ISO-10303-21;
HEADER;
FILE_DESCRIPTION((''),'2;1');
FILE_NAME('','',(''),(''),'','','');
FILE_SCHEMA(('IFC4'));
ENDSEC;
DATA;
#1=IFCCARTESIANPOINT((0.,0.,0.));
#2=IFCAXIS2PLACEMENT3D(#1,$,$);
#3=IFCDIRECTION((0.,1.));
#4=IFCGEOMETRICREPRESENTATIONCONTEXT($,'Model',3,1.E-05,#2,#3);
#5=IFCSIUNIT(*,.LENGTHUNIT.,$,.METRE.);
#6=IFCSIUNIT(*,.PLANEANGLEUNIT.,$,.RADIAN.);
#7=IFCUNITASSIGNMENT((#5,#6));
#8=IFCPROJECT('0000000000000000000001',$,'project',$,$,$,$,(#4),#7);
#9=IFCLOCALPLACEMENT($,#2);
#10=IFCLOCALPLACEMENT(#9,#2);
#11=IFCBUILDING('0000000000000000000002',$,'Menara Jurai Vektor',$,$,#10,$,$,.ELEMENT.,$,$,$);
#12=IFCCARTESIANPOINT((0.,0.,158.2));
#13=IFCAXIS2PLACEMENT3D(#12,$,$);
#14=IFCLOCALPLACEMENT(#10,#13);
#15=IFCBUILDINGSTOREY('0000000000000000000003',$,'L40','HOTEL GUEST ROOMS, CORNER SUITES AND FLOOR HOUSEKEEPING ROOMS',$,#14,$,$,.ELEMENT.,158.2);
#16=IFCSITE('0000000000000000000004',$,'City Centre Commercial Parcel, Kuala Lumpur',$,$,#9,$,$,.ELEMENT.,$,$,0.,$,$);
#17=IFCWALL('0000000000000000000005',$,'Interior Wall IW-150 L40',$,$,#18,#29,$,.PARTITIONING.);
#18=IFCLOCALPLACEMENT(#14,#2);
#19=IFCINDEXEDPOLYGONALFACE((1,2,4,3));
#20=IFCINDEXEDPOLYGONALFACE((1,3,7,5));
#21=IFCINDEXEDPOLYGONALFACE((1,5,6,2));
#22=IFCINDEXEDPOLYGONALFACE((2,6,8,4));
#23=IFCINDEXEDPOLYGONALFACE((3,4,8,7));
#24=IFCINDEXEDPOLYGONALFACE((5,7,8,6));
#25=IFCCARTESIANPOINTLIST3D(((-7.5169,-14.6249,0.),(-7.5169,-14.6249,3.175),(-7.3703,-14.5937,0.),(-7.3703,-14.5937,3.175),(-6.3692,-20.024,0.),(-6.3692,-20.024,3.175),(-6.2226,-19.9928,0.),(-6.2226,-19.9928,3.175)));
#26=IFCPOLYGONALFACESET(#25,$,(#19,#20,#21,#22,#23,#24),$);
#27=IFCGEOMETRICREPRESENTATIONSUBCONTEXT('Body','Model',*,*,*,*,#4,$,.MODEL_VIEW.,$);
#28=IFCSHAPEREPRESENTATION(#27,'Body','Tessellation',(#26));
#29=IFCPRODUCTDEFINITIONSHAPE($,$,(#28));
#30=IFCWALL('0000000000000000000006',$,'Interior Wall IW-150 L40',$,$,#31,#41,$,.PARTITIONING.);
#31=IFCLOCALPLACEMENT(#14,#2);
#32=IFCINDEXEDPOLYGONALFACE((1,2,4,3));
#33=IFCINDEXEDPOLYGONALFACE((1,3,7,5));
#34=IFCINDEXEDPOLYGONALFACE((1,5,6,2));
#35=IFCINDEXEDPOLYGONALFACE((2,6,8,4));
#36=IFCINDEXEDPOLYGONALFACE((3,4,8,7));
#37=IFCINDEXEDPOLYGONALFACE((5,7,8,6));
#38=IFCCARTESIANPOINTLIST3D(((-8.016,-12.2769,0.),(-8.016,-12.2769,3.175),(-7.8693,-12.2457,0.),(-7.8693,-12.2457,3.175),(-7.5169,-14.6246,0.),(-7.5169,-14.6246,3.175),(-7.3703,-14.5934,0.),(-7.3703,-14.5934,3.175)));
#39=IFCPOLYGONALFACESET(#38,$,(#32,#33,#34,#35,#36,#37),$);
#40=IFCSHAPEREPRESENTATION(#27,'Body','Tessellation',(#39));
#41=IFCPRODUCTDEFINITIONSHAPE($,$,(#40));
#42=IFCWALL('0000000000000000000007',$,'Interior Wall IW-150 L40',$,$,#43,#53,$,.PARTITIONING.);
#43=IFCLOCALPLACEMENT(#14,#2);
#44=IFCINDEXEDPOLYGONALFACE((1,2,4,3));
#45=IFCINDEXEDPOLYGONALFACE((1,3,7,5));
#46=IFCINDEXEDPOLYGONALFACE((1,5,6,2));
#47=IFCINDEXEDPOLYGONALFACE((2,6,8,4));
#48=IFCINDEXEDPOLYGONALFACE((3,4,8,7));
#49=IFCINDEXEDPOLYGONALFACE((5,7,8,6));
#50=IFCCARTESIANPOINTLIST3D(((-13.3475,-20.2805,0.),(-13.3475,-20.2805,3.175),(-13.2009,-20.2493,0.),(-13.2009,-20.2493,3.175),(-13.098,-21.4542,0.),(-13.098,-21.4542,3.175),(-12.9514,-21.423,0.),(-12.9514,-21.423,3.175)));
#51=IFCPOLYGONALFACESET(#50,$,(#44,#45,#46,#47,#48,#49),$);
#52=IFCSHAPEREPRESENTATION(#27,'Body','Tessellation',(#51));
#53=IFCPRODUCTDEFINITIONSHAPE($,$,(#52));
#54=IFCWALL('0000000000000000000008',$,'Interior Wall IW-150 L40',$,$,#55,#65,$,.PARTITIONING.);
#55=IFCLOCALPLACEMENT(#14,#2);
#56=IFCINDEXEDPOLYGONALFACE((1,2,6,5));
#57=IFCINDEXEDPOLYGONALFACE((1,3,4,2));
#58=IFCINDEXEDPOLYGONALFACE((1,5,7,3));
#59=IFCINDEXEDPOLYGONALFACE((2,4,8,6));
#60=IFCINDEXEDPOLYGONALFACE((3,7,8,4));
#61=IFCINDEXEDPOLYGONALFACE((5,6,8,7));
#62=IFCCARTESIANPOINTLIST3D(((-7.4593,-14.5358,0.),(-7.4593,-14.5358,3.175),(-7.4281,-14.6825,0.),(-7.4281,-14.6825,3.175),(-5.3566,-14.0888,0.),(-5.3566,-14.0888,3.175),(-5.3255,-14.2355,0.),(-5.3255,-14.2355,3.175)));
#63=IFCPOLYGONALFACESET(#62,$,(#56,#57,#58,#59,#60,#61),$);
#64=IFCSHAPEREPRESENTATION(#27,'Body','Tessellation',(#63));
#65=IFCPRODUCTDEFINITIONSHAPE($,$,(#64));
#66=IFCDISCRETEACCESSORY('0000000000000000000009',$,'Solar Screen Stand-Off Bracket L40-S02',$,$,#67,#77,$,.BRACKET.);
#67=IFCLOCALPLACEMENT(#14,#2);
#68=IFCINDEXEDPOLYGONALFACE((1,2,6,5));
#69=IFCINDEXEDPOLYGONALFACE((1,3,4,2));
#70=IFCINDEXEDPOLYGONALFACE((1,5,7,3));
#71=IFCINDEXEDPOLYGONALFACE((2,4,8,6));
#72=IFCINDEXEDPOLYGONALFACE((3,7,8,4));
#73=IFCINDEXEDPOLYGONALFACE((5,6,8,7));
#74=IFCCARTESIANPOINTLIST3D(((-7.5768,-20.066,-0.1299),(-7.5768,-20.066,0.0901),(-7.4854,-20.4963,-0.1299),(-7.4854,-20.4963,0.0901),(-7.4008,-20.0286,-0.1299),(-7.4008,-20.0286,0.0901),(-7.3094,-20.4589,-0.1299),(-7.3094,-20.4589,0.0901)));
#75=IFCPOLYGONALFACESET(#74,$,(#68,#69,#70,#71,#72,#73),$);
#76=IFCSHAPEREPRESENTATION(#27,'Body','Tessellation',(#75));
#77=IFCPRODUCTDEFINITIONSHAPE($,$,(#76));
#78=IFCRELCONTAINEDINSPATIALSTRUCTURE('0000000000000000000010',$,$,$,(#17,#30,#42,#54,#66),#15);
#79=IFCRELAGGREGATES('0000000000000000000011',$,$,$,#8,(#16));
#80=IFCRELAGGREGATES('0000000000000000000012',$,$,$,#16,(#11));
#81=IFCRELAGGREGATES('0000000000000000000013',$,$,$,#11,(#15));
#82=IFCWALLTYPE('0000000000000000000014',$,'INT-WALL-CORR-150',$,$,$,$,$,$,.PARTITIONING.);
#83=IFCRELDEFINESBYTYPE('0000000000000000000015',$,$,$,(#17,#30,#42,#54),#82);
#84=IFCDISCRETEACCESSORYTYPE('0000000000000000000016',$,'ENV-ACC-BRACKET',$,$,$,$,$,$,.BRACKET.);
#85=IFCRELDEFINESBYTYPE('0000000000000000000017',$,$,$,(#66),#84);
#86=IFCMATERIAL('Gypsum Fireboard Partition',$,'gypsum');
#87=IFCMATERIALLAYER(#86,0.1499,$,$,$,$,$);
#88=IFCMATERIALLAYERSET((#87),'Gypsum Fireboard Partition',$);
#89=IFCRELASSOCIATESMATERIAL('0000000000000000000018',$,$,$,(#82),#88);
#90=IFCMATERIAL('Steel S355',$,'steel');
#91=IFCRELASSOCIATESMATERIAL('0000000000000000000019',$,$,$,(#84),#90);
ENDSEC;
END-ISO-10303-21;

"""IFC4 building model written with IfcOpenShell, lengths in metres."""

from ifc_helpers import new_model, si_unit, direction, frame, frame_2d, origin, origin_2d, place, context, subcontext, project, spatial, rectangle, extrude, material, layer, layer_set, type_object, element, save


model = new_model("IFC4")

# Units and contexts
model_context = context("Model", 3, precision=1e-05, world=origin(), true_north=direction((0.0, 1.0)))
body_context = subcontext(model_context, "Body", "Model", "MODEL_VIEW")
ifc_project = project(units=[si_unit("LENGTHUNIT", "METRE"), si_unit("PLANEANGLEUNIT", "RADIAN")], contexts=[model_context])

# Site, building, storey
site_placement = place(None, origin())
site = spatial("IfcSite", under=ifc_project, at=site_placement, Name="City Centre Commercial Parcel, Kuala Lumpur", CompositionType="ELEMENT", RefElevation=0.0)
building_placement = place(site_placement, origin())
building = spatial("IfcBuilding", under=site, at=building_placement, Name="Menara Jurai Vektor", CompositionType="ELEMENT")
storey_placement = place(building_placement, frame((0.0, 0.0, 158.2)))
storey = spatial("IfcBuildingStorey", under=building, at=storey_placement, Name="L40", Description="HOTEL GUEST ROOMS, CORNER SUITES AND FLOOR HOUSEKEEPING ROOMS", CompositionType="ELEMENT", Elevation=158.2)

# Shared definitions
ifc_material_1 = material(Name="Steel S355", Category="steel")

# Shared definitions
ifc_material_2 = material(Name="Gypsum Fireboard Partition", Category="gypsum")
ifc_layer_1 = layer(ifc_material_2, 0.1499)
ifc_layer_set_1 = layer_set([ifc_layer_1], Name="Gypsum Fireboard Partition")
wall_type = type_object("IfcWallType", Name="INT-WALL-CORR-150", PredefinedType="PARTITIONING", material=ifc_layer_set_1)

# Walls
wall_1_placement = place(storey_placement, frame((-6.2959, -20.0083, 0.0), z_axis=(0.0, 0.0, 1.0), x_axis=(-0.207925, 0.978145, 0.0)))
element("IfcWall", 1, at=wall_1_placement, inside=storey, type_object=wall_type, Name="Interior Wall IW-150 L40", PredefinedType="PARTITIONING", context=body_context, shape_type="SweptSolid", body=[
    extrude(rectangle(XDim=5.5198, YDim=0.1499, at=frame_2d((2.7598, 0.0))), origin(), (0.0, 0.0, 1.0), 3.175),
])
wall_2_placement = place(storey_placement, frame((-7.4436, -14.6091, 0.0), z_axis=(0.0, 0.0, 1.0), x_axis=(-0.207917, 0.978146, 0.0)))
element("IfcWall", 2, at=wall_2_placement, inside=storey, type_object=wall_type, Name="Interior Wall IW-150 L40", PredefinedType="PARTITIONING", context=body_context, shape_type="SweptSolid", body=[
    extrude(rectangle(XDim=2.4001, YDim=0.1499, at=frame_2d((1.2002, 0.0))), origin(), (0.0, 0.0, 1.0), 3.175),
])
wall_3_placement = place(storey_placement, frame((-13.0247, -21.4387, 0.0), z_axis=(0.0, 0.0, 1.0), x_axis=(-0.207917, 0.978146, 0.0)))
element("IfcWall", 3, at=wall_3_placement, inside=storey, type_object=wall_type, Name="Interior Wall IW-150 L40", PredefinedType="PARTITIONING", context=body_context, shape_type="SweptSolid", body=[
    extrude(rectangle(XDim=1.2, YDim=0.1499, at=frame_2d((0.6001, 0.0))), origin(), (0.0, 0.0, 1.0), 3.175),
])
wall_4_placement = place(storey_placement, frame((-7.4436, -14.6091, 0.0), z_axis=(0.0, 0.0, 1.0), x_axis=(0.978142, 0.207939, 0.0)))
element("IfcWall", 4, at=wall_4_placement, inside=storey, type_object=wall_type, Name="Interior Wall IW-150 L40", PredefinedType="PARTITIONING", context=body_context, shape_type="SweptSolid", body=[
    extrude(rectangle(XDim=2.1497, YDim=0.1499, at=frame_2d((1.0747, 0.0))), origin(), (0.0, 0.0, 1.0), 3.175),
])

# Discrete accessory
discrete_accessory_type = type_object("IfcDiscreteAccessoryType", Name="ENV-ACC-BRACKET", PredefinedType="BRACKET", material=ifc_material_1)
discrete_accessory_placement = place(storey_placement, frame((-7.4431, -20.2625, -0.1299), z_axis=(0.0, 0.0, 1.0), x_axis=(0.978148, 0.207912, 0.0)))
element("IfcDiscreteAccessory", 5, at=discrete_accessory_placement, inside=storey, type_object=discrete_accessory_type, Name="Solar Screen Stand-Off Bracket L40-S02", PredefinedType="BRACKET", context=body_context, shape_type="SweptSolid", body=[
    extrude(rectangle(XDim=0.1799, YDim=0.4399, at=origin_2d()), origin(), (0.0, 0.0, 1.0), 0.22),
])

save(model, "model.ifc")
